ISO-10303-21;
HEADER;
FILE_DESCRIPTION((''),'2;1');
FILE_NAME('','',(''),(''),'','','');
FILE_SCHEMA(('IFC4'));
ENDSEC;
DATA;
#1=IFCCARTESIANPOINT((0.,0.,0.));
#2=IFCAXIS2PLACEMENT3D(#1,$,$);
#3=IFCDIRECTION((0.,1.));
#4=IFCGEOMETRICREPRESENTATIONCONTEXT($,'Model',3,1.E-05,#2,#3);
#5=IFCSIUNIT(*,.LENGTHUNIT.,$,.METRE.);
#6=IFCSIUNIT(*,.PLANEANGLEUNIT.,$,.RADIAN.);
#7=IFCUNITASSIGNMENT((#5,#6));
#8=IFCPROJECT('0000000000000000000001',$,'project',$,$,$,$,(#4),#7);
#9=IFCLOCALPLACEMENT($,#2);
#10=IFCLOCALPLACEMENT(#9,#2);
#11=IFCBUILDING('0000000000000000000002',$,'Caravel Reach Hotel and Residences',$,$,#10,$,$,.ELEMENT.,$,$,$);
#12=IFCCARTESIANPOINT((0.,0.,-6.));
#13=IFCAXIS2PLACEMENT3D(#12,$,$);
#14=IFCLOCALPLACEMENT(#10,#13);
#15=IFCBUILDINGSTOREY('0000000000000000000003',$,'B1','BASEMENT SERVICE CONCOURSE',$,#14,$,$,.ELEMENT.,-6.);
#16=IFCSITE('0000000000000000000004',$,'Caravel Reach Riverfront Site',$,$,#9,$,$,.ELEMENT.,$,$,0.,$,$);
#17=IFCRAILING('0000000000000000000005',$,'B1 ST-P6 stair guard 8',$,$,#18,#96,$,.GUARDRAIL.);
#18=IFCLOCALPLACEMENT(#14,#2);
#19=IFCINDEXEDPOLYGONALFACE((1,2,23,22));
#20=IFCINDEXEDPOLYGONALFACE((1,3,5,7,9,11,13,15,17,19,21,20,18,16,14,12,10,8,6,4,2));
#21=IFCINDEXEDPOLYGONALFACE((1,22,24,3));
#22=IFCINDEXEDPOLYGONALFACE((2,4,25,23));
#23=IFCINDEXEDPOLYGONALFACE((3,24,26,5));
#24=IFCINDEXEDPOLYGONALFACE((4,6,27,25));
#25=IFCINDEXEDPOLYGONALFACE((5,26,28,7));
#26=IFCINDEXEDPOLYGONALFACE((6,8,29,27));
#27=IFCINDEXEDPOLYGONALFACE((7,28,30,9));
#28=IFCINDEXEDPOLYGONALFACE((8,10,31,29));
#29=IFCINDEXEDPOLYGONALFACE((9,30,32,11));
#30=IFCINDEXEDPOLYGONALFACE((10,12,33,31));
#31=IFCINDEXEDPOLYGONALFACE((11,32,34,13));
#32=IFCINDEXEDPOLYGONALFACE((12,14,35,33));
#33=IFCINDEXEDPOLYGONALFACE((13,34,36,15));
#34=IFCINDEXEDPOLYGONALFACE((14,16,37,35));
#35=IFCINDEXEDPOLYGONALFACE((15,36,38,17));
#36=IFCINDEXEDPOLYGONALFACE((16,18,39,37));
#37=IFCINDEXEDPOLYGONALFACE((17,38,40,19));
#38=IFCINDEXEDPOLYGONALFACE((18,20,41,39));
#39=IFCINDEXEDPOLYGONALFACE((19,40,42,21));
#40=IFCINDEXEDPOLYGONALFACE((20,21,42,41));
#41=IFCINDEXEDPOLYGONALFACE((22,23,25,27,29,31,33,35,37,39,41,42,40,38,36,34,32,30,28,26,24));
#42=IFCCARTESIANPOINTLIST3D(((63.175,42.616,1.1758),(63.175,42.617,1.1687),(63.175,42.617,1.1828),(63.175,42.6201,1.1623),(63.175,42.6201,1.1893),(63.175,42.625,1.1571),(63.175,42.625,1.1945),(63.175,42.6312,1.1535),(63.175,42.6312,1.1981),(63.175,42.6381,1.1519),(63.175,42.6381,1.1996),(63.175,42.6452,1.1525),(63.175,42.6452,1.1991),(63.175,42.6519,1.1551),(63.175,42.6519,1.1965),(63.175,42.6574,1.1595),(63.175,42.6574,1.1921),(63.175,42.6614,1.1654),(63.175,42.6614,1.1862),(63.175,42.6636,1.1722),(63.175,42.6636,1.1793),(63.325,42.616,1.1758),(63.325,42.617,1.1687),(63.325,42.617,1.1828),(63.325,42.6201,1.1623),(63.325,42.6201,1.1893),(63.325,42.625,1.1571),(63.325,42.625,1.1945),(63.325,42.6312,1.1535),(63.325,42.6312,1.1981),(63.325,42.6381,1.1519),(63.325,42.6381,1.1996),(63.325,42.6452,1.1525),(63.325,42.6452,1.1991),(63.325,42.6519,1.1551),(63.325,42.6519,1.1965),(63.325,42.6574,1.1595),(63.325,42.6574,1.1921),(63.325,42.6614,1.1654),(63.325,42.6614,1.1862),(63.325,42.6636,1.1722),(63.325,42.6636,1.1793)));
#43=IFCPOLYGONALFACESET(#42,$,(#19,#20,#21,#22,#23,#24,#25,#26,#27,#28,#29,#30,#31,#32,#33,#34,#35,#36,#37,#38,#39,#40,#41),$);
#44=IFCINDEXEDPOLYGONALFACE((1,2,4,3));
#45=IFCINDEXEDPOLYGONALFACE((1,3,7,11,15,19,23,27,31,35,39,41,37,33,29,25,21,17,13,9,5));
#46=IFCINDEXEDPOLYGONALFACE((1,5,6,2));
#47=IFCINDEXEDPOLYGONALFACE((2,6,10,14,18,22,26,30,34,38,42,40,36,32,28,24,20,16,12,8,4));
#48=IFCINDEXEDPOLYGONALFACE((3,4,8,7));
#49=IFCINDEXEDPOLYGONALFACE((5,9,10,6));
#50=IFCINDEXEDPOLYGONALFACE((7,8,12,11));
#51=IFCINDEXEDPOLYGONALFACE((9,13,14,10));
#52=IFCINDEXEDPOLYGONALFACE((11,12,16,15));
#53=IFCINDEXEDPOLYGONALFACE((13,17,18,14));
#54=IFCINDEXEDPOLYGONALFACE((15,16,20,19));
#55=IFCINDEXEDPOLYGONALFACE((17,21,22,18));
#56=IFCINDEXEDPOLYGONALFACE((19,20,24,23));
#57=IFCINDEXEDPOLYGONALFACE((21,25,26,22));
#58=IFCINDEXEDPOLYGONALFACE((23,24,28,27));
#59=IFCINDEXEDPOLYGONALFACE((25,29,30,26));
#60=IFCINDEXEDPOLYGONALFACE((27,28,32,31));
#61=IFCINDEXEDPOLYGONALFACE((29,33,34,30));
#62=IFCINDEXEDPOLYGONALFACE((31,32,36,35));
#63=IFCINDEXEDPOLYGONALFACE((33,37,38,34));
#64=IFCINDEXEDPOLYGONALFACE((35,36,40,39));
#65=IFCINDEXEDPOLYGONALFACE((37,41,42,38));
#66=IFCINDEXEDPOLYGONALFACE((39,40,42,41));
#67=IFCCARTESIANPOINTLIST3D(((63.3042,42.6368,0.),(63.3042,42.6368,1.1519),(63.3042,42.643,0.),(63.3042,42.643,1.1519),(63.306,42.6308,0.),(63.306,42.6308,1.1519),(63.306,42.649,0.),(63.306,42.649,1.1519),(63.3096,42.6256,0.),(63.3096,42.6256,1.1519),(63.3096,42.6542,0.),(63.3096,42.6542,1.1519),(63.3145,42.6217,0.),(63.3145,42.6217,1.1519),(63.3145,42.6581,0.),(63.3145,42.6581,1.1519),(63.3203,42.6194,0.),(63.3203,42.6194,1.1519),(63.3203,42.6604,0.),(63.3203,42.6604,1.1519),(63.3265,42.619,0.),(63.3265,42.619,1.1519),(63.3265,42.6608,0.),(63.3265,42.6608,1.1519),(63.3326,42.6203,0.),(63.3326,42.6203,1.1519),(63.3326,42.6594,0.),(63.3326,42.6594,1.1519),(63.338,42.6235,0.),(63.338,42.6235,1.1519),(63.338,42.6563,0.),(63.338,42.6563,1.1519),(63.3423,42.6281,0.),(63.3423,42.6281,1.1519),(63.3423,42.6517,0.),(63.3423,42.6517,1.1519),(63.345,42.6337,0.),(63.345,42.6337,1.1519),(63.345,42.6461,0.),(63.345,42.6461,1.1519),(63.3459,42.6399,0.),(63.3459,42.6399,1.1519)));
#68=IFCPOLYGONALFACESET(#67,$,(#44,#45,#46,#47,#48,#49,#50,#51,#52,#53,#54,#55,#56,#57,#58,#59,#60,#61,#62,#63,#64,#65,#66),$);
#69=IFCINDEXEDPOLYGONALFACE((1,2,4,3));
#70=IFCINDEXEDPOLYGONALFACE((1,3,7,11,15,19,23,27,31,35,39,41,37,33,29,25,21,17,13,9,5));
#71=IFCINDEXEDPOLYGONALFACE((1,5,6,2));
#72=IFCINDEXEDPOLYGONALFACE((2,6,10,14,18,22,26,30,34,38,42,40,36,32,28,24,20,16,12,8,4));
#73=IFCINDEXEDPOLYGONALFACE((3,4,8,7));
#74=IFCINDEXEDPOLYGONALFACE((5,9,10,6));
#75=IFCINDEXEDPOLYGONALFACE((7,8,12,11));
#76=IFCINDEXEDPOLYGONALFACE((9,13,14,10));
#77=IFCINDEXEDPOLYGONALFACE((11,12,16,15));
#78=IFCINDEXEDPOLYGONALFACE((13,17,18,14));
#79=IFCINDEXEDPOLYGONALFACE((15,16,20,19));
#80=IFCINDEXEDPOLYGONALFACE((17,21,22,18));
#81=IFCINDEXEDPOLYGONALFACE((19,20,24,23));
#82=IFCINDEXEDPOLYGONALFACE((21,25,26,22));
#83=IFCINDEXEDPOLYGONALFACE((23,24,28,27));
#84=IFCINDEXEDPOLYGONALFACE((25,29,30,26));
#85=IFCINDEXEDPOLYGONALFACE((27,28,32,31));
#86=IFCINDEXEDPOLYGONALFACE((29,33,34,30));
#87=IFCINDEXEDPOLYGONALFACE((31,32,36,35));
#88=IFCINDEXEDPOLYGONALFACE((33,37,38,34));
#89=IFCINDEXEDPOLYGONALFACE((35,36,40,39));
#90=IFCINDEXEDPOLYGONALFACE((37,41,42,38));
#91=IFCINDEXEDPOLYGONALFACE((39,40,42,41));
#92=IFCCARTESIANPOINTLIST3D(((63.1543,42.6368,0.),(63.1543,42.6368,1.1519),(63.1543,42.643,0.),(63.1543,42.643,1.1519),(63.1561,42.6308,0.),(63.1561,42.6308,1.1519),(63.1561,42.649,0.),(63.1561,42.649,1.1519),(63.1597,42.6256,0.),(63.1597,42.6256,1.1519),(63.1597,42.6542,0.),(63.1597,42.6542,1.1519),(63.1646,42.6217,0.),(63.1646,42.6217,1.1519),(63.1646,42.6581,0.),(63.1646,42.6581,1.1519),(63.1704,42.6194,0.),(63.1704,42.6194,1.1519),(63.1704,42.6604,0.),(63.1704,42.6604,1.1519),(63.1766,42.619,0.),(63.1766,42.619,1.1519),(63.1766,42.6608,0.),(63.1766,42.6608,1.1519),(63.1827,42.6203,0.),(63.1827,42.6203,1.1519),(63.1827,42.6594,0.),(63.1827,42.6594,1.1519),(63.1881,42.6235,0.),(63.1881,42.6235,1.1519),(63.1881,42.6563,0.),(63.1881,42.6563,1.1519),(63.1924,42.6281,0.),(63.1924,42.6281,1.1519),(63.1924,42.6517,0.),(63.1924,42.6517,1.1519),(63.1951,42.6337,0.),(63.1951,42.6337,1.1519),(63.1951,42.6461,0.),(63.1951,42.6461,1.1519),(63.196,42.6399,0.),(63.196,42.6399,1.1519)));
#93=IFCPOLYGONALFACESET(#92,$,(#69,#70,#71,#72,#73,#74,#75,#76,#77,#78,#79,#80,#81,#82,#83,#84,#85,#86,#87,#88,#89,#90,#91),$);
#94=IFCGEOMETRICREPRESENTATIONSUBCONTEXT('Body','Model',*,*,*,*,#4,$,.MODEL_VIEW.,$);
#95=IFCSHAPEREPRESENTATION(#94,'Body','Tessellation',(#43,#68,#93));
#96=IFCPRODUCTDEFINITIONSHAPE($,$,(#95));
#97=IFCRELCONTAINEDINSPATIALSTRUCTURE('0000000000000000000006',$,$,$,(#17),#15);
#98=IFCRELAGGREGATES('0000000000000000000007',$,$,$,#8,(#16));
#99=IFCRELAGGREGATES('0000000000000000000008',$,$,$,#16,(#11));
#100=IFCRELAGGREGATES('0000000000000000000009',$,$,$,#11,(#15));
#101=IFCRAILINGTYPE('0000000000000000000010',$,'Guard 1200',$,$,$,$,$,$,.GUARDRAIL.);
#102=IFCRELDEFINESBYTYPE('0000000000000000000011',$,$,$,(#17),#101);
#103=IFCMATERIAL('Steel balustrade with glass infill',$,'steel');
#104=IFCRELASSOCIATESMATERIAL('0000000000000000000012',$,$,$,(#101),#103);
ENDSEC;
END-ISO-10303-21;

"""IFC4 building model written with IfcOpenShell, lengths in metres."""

from ifc_helpers import new_model, si_unit, direction, frame, origin, origin_2d, place, context, subcontext, project, spatial, circle, extrude, material, type_object, element, save


model = new_model("IFC4")

# Units and contexts
model_context = context("Model", 3, precision=1e-05, world=origin(), true_north=direction((0.0, 1.0)))
body_context = subcontext(model_context, "Body", "Model", "MODEL_VIEW")
ifc_project = project(units=[si_unit("LENGTHUNIT", "METRE"), si_unit("PLANEANGLEUNIT", "RADIAN")], contexts=[model_context])

# Site, building, storey
site_placement = place(None, origin())
site = spatial("IfcSite", under=ifc_project, at=site_placement, Name="Caravel Reach Riverfront Site", CompositionType="ELEMENT", RefElevation=0.0)
building_placement = place(site_placement, origin())
building = spatial("IfcBuilding", under=site, at=building_placement, Name="Caravel Reach Hotel and Residences", CompositionType="ELEMENT")
storey_placement = place(building_placement, frame((0.0, 0.0, -6.0)))
storey = spatial("IfcBuildingStorey", under=building, at=storey_placement, Name="B1", Description="BASEMENT SERVICE CONCOURSE", CompositionType="ELEMENT", Elevation=-6.0)

# Railing
ifc_material_1 = material(Name="Steel balustrade with glass infill", Category="steel")
railing_type_1 = type_object("IfcRailingType", Name="Guard 1200", PredefinedType="GUARDRAIL", material=ifc_material_1)
railing_1_placement = place(storey_placement, frame((63.325, 42.6399, 0.0)))
element("IfcRailing", 1, at=railing_1_placement, inside=storey, type_object=railing_type_1, Name="B1 ST-P6 stair guard 8", PredefinedType="GUARDRAIL", context=body_context, shape_type="SweptSolid", body=[
    extrude(circle(Radius=0.0239, at=origin_2d()), frame((0.0, 0.0, 1.1758), z_axis=(-1.0, 0.0, 0.0), x_axis=(0.0, -1.0, 0.0)), (0.0, 0.0, 1.0), 0.1499),
    extrude(circle(Radius=0.021, at=origin_2d()), origin(), (0.0, 0.0, 1.0), 1.1519),
    extrude(circle(Radius=0.021, at=origin_2d()), frame((-0.1499, 0.0, 0.0)), (0.0, 0.0, 1.0), 1.1519),
])

save(model, "model.ifc")
